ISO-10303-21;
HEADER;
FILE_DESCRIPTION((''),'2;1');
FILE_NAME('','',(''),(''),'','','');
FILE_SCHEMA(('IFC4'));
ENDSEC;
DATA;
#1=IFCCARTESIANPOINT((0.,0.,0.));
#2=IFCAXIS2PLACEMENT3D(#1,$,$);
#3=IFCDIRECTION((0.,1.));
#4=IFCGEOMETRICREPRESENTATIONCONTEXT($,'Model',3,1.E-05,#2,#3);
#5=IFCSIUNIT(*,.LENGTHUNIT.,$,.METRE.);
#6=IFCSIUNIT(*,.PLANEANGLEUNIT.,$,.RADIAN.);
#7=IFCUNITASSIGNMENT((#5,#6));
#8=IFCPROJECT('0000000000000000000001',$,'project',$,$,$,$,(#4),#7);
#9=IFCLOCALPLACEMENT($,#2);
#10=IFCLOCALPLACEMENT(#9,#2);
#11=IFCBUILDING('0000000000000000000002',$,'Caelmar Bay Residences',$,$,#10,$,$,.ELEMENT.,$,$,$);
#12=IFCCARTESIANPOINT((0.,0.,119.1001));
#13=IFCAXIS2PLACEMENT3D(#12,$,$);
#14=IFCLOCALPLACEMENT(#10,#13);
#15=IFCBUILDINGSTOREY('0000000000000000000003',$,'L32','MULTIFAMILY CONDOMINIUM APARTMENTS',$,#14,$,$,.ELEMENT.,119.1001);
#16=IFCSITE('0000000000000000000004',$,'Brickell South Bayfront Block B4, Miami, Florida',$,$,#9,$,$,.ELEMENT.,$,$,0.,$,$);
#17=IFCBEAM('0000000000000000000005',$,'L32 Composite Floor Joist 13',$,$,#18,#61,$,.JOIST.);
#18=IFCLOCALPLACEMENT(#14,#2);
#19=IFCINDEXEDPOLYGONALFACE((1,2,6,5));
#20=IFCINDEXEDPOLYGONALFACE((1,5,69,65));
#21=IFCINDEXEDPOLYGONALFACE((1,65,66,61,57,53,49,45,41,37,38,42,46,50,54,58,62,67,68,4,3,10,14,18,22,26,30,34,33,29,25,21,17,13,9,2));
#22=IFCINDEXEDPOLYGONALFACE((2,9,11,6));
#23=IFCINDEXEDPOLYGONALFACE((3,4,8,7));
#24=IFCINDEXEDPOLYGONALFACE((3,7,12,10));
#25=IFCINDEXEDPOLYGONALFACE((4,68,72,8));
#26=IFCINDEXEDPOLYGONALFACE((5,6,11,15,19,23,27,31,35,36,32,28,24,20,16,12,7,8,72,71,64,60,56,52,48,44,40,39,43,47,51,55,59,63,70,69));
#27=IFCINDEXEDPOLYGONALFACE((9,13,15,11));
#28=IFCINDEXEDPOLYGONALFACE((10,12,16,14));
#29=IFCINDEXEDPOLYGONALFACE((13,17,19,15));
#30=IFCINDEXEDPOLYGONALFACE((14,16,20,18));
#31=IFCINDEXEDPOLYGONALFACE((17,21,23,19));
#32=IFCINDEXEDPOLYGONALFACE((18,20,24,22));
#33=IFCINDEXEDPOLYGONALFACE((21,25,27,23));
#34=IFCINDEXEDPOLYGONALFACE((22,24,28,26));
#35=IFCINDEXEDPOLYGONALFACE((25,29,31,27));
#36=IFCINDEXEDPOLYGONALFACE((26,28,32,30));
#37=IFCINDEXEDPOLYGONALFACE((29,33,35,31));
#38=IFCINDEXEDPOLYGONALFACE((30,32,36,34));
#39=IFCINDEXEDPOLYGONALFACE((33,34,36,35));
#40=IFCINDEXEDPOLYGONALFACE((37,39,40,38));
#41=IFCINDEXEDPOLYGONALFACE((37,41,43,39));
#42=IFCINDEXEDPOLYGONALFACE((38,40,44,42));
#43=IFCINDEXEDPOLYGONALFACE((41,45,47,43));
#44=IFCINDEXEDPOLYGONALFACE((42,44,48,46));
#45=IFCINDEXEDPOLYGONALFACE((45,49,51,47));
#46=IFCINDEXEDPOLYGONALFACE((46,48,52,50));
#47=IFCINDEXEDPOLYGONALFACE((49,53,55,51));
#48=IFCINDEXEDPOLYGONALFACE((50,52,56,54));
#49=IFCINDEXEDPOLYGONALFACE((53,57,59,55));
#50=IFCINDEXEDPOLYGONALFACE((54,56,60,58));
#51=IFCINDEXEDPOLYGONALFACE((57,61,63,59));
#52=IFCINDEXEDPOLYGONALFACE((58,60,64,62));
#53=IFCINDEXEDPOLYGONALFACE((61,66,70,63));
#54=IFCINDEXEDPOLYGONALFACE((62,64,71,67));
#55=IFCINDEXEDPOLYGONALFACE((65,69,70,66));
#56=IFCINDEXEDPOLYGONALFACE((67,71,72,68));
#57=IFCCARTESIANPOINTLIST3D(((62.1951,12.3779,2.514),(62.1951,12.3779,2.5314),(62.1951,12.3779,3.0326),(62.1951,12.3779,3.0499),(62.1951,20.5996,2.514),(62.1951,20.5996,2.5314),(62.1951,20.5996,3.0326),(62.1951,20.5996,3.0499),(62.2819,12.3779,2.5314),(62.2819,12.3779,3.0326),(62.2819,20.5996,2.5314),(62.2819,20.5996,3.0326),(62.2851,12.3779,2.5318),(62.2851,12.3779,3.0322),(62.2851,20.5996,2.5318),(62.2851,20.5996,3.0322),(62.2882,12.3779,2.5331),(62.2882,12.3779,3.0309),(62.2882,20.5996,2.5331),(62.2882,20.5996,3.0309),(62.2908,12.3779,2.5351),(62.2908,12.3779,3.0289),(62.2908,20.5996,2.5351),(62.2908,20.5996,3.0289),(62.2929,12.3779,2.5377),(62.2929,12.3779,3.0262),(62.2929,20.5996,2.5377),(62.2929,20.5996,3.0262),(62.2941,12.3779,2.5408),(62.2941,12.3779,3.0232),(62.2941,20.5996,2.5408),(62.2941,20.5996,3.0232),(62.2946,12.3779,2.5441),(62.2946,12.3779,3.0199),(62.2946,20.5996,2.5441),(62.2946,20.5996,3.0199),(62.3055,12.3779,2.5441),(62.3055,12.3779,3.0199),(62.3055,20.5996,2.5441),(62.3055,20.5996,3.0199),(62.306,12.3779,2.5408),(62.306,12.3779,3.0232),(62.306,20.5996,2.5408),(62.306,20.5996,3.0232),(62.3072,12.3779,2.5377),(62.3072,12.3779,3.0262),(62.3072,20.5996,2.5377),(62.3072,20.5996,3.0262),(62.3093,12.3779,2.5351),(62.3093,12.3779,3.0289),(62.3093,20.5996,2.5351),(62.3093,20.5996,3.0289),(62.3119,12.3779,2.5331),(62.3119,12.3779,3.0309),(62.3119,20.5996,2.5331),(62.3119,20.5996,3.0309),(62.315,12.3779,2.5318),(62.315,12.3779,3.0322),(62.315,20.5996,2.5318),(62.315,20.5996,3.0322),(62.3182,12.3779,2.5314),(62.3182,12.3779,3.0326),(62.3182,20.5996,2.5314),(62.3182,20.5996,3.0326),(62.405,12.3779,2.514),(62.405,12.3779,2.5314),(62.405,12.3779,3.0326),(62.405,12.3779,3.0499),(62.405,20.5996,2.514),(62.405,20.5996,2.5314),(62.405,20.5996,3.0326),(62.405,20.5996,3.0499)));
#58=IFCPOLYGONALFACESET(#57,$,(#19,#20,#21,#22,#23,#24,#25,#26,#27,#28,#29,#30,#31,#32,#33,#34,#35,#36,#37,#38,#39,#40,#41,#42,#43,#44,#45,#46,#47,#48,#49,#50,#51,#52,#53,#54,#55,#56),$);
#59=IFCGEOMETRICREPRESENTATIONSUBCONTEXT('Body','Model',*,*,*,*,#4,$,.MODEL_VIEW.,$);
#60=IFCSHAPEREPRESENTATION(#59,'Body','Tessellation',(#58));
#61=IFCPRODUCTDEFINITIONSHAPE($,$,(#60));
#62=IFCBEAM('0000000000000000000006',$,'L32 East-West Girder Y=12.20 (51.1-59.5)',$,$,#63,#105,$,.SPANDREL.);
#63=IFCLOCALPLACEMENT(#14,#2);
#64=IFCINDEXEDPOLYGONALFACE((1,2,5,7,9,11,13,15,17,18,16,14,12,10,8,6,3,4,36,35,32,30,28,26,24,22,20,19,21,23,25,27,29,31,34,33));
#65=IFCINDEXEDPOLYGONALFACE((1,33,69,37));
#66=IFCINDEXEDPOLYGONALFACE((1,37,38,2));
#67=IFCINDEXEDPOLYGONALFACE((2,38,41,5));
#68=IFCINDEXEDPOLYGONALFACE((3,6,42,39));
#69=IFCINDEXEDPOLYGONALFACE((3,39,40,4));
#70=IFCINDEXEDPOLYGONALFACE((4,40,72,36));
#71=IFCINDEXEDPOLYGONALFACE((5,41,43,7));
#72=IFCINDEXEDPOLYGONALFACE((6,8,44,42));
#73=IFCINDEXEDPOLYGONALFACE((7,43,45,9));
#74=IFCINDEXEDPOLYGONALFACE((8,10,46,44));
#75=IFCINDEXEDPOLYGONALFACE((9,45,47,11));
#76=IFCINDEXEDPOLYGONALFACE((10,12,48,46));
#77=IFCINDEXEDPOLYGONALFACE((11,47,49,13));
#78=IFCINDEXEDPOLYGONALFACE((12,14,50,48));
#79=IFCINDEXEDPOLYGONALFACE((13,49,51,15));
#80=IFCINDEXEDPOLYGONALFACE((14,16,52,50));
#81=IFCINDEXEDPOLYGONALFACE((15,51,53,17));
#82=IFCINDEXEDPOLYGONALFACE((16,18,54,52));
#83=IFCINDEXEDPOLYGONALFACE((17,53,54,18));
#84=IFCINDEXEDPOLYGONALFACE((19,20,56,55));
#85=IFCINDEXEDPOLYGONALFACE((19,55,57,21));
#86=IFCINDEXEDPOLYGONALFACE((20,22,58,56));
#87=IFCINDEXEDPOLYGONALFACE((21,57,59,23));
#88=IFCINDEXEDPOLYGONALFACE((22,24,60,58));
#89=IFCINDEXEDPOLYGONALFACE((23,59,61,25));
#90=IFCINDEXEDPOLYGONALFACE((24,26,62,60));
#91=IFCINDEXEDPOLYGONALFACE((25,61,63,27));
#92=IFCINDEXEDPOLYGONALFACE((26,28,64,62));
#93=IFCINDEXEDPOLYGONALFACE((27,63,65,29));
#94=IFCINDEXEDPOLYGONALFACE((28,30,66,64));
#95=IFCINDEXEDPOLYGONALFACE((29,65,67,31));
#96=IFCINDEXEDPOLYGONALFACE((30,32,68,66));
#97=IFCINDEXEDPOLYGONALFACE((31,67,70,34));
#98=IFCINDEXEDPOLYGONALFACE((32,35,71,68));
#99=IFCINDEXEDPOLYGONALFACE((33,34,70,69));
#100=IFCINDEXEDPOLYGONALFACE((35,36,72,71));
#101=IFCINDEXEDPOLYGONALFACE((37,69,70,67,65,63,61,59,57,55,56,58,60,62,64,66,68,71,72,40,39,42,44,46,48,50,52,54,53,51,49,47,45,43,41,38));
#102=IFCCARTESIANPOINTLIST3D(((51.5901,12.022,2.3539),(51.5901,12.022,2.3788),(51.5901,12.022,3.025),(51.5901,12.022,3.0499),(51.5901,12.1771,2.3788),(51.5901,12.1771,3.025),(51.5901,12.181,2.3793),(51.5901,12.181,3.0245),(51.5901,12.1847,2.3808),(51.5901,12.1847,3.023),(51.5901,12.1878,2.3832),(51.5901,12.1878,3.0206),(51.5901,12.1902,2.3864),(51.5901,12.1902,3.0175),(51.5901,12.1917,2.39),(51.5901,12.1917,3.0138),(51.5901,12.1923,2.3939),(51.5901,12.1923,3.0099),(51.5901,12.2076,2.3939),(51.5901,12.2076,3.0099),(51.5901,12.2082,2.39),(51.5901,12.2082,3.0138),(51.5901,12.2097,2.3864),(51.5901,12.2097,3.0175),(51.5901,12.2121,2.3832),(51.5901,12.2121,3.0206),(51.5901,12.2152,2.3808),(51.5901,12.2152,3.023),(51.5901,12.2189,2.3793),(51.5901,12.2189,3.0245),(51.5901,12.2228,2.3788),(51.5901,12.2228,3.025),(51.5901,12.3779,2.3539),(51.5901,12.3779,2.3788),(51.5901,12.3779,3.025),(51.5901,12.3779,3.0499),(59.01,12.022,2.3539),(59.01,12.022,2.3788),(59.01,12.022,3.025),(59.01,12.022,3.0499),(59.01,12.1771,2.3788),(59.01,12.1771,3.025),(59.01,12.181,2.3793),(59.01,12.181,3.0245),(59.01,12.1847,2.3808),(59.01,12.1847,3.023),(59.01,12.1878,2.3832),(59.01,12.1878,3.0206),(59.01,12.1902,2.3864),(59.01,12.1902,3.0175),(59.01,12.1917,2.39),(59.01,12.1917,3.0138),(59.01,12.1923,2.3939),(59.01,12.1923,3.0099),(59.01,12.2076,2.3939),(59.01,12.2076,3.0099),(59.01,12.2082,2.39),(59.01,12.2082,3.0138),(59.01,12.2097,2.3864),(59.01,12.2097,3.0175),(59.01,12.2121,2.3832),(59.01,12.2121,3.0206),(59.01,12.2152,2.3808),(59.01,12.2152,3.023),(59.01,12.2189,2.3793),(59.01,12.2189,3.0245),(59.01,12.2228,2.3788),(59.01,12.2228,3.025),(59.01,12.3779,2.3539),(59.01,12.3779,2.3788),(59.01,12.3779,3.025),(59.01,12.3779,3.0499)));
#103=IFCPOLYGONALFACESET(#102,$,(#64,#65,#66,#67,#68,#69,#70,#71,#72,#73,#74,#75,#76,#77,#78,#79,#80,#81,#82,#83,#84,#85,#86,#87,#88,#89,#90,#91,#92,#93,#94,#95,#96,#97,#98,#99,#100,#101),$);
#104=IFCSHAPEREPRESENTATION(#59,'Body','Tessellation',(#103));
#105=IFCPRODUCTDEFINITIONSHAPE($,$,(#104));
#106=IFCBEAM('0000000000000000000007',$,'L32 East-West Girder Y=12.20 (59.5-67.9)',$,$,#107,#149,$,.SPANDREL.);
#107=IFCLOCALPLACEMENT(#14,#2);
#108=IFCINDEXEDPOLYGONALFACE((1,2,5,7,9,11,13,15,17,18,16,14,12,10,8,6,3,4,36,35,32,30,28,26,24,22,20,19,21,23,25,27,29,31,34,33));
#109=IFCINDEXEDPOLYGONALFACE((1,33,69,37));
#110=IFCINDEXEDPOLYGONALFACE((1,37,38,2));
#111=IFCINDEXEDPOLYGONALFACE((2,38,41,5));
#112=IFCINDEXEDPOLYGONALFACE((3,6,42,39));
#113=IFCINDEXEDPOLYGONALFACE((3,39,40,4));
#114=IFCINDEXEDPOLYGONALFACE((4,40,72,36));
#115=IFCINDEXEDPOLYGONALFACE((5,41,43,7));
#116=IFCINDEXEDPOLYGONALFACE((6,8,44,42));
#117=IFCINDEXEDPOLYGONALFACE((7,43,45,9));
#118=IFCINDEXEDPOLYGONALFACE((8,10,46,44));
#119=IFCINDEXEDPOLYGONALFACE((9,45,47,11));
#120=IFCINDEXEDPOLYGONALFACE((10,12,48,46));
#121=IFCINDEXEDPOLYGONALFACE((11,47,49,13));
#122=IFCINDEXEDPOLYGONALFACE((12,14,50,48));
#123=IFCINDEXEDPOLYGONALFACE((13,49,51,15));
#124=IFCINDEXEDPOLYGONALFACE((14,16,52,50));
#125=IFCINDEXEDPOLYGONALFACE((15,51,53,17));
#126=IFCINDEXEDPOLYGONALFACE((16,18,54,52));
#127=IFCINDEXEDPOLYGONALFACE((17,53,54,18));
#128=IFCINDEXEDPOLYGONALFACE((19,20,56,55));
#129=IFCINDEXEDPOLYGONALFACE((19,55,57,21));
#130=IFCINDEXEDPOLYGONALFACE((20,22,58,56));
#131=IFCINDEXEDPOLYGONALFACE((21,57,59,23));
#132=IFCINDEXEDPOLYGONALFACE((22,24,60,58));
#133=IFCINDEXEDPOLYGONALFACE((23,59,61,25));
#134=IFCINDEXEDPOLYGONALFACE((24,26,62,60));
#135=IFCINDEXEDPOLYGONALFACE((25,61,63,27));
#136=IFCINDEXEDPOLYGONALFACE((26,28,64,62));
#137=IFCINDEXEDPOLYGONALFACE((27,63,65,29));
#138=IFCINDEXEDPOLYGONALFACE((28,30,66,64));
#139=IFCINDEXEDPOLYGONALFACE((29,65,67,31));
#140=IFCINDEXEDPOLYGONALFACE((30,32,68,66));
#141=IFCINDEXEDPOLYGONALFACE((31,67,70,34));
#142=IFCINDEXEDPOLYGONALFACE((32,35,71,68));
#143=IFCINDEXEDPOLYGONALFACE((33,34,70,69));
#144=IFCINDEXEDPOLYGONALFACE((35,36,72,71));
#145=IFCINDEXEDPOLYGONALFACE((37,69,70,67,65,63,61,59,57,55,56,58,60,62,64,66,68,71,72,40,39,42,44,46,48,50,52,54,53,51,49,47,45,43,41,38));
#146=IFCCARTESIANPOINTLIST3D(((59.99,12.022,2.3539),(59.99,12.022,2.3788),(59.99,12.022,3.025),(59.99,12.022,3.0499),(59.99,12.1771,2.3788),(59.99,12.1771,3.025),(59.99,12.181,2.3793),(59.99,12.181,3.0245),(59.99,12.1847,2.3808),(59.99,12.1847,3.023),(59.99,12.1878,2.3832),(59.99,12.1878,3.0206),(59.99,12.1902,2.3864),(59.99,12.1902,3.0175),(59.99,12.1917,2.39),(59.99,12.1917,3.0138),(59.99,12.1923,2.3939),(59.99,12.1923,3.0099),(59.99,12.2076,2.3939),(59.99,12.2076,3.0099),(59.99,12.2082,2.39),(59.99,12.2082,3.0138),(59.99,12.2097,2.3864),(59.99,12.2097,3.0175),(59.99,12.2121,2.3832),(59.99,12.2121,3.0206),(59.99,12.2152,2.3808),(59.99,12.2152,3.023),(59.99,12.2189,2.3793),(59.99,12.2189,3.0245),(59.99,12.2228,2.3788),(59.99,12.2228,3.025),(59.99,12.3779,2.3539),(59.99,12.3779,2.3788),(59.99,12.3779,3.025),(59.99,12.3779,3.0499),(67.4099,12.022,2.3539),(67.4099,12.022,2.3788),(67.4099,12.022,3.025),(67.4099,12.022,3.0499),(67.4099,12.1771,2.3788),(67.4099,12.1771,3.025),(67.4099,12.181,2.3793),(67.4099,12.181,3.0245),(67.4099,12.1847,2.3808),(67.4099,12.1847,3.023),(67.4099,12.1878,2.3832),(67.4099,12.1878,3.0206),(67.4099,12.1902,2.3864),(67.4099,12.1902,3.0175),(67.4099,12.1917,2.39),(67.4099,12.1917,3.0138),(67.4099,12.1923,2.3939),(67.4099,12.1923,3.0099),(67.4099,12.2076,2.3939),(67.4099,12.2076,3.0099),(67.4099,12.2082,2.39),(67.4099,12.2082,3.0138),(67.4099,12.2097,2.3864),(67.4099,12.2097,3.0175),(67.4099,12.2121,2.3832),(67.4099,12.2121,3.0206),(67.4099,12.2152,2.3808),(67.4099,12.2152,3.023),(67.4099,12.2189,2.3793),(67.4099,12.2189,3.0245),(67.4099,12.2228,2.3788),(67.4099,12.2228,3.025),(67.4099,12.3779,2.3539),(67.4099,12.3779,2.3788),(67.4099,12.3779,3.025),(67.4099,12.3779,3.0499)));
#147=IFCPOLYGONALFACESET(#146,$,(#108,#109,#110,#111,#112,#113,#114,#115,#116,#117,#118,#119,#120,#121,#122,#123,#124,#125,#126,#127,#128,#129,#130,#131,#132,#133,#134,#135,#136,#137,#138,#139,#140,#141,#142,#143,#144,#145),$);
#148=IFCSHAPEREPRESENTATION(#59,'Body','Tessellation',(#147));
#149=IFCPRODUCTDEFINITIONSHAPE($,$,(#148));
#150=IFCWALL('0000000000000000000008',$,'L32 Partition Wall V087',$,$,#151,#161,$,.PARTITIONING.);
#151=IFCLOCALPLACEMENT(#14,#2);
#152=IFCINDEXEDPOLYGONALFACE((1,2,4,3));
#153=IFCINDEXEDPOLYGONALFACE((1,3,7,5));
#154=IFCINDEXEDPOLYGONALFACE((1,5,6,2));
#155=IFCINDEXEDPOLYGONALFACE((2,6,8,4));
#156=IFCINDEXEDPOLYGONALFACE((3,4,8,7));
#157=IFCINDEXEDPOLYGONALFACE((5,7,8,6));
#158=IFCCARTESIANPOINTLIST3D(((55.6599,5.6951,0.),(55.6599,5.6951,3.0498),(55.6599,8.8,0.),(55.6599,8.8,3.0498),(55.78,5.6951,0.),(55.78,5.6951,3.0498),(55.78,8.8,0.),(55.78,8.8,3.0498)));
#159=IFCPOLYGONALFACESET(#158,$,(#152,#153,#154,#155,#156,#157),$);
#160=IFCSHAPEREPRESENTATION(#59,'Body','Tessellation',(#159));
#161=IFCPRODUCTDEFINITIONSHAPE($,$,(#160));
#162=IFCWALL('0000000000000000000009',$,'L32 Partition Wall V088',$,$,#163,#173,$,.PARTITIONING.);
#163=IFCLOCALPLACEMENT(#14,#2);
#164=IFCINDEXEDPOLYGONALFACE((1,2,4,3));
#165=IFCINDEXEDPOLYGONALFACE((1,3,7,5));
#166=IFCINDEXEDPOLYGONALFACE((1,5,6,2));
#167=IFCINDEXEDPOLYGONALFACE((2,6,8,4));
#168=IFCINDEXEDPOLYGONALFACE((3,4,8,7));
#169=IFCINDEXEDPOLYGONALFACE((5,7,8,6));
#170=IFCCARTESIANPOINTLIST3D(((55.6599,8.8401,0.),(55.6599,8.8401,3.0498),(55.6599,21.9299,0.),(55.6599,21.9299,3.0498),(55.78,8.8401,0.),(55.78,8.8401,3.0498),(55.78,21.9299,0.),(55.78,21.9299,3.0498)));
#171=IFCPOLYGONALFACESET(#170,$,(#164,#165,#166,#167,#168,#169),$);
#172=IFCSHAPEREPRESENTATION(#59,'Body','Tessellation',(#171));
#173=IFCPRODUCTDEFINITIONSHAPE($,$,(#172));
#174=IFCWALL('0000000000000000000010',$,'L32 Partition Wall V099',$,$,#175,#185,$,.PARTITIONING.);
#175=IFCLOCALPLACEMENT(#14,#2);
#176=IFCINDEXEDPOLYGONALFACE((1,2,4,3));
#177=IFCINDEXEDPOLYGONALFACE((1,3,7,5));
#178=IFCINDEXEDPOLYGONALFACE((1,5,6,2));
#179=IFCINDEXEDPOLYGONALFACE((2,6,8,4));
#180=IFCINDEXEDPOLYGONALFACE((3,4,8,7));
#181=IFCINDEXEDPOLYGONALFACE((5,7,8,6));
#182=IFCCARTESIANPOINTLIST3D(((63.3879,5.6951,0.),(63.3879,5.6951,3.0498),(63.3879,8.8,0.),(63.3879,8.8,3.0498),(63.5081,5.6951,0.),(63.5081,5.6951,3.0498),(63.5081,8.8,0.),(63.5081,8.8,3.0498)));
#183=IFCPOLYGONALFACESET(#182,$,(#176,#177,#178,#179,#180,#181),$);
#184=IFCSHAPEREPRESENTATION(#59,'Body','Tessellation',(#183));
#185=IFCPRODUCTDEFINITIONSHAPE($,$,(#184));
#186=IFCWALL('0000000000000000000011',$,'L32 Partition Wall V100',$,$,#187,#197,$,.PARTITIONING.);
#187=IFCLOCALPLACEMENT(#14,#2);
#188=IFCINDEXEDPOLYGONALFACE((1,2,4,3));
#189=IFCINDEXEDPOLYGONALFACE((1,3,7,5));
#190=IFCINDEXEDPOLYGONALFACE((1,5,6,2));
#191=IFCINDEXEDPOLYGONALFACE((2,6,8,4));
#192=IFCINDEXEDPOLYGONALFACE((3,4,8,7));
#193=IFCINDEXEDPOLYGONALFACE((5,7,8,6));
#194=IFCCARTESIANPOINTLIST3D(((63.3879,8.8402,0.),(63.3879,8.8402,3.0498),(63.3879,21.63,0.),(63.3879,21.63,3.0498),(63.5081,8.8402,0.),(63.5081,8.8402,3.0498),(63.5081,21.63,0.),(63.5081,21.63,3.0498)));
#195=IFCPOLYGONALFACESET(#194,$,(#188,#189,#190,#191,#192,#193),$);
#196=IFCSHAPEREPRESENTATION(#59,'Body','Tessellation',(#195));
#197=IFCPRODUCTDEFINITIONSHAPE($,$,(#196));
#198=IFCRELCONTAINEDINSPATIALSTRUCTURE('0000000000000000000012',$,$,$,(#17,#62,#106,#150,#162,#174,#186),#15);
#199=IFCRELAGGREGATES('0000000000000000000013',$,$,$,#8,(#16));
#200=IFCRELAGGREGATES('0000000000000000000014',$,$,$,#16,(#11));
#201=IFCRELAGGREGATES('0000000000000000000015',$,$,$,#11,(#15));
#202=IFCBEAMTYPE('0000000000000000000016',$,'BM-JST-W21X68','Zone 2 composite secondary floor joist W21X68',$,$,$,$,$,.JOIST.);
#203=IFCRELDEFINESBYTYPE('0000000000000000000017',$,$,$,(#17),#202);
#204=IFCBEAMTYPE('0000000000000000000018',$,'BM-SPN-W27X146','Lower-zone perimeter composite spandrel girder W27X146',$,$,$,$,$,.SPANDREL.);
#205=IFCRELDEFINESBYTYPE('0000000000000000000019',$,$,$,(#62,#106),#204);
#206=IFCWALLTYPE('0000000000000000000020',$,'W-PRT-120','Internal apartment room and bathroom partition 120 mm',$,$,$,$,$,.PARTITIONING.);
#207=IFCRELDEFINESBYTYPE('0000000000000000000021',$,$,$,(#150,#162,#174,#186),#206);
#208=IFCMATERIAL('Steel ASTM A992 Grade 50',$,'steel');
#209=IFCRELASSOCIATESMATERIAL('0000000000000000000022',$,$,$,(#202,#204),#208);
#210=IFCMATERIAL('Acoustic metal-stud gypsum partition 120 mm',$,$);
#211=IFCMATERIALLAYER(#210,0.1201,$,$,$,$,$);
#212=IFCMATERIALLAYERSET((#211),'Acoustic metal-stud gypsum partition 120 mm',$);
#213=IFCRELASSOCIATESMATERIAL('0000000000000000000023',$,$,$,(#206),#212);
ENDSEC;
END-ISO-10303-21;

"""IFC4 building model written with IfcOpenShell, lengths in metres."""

from ifc_helpers import new_model, si_unit, direction, frame, frame_2d, origin, origin_2d, place, context, subcontext, project, spatial, rectangle, i_section, extrude, material, layer, layer_set, material_profile, profile_set, type_object, element, save


model = new_model("IFC4")

# Units and contexts
model_context = context("Model", 3, precision=1e-05, world=origin(), true_north=direction((0.0, 1.0)))
body_context = subcontext(model_context, "Body", "Model", "MODEL_VIEW")
ifc_project = project(units=[si_unit("LENGTHUNIT", "METRE"), si_unit("PLANEANGLEUNIT", "RADIAN")], contexts=[model_context])

# Site, building, storey
site_placement = place(None, origin())
site = spatial("IfcSite", under=ifc_project, at=site_placement, Name="Brickell South Bayfront Block B4, Miami, Florida", CompositionType="ELEMENT", RefElevation=0.0)
building_placement = place(site_placement, origin())
building = spatial("IfcBuilding", under=site, at=building_placement, Name="Caelmar Bay Residences", CompositionType="ELEMENT")
storey_placement = place(building_placement, frame((0.0, 0.0, 119.1001)))
storey = spatial("IfcBuildingStorey", under=building, at=storey_placement, Name="L32", Description="MULTIFAMILY CONDOMINIUM APARTMENTS", CompositionType="ELEMENT", Elevation=119.1001)

# Beams
ifc_material_1 = material(Name="Steel ASTM A992 Grade 50", Category="steel")
ifc_material_profile_1 = material_profile(ifc_material_1, i_section(OverallWidth=0.21, OverallDepth=0.5359, WebThickness=0.011, FlangeThickness=0.0173, FilletRadius=0.0127, at=origin_2d()), Name="W21X68")
ifc_profile_set_1 = profile_set([ifc_material_profile_1], Name="Steel ASTM A992 Grade 50")
beam_type_1 = type_object("IfcBeamType", Name="BM-JST-W21X68", Description="Zone 2 composite secondary floor joist W21X68", PredefinedType="JOIST", material=ifc_profile_set_1)
for number, where, z_axis, x_axis, name in (
    (1, (62.3, 12.3779, 2.782), (0.0, 1.0, 0.0), (-1.0, 0.0, 0.0), "L32 Composite Floor Joist 13"),
):
    element("IfcBeam", number, at=place(storey_placement, frame(where, z_axis=z_axis, x_axis=x_axis)), inside=storey, type_object=beam_type_1, Name=name, PredefinedType="JOIST", context=body_context, shape_type="SweptSolid", body=[
        extrude(i_section(OverallWidth=0.21, OverallDepth=0.5359, WebThickness=0.011, FlangeThickness=0.0173, FilletRadius=0.0127, at=origin_2d()), origin(), (0.0, 0.0, 1.0), 8.2217),
    ])
ifc_material_profile_2 = material_profile(ifc_material_1, i_section(OverallWidth=0.356, OverallDepth=0.696, WebThickness=0.0154, FlangeThickness=0.0249, FilletRadius=0.0151, at=origin_2d()), Name="W27X146")
ifc_profile_set_2 = profile_set([ifc_material_profile_2], Name="Steel ASTM A992 Grade 50")
beam_type_2 = type_object("IfcBeamType", Name="BM-SPN-W27X146", Description="Lower-zone perimeter composite spandrel girder W27X146", PredefinedType="SPANDREL", material=ifc_profile_set_2)
for number, where, z_axis, x_axis, name in (
    (2, (51.5901, 12.2, 2.7019), (1.0, 0.0, 0.0), (0.0, 1.0, 0.0), "L32 East-West Girder Y=12.20 (51.1-59.5)"),
    (3, (59.99, 12.2, 2.7019), (1.0, 0.0, 0.0), (0.0, 1.0, 0.0), "L32 East-West Girder Y=12.20 (59.5-67.9)"),
):
    element("IfcBeam", number, at=place(storey_placement, frame(where, z_axis=z_axis, x_axis=x_axis)), inside=storey, type_object=beam_type_2, Name=name, PredefinedType="SPANDREL", context=body_context, shape_type="SweptSolid", body=[
        extrude(i_section(OverallWidth=0.356, OverallDepth=0.696, WebThickness=0.0154, FlangeThickness=0.0249, FilletRadius=0.0151, at=origin_2d()), origin(), (0.0, 0.0, 1.0), 7.4199),
    ])

# Walls
ifc_material_2 = material(Name="Acoustic metal-stud gypsum partition 120 mm")
ifc_layer_1 = layer(ifc_material_2, 0.1201)
ifc_layer_set_1 = layer_set([ifc_layer_1], Name="Acoustic metal-stud gypsum partition 120 mm")
wall_type_1 = type_object("IfcWallType", Name="W-PRT-120", Description="Internal apartment room and bathroom partition 120 mm", PredefinedType="PARTITIONING", material=ifc_layer_set_1)
wall_1_placement = place(storey_placement, frame((55.72, 5.6951, 0.0), z_axis=(0.0, 0.0, 1.0), x_axis=(0.0, 1.0, 0.0)))
element("IfcWall", 4, at=wall_1_placement, inside=storey, type_object=wall_type_1, Name="L32 Partition Wall V087", PredefinedType="PARTITIONING", context=body_context, shape_type="SweptSolid", body=[
    extrude(rectangle(XDim=3.105, YDim=0.1201, at=frame_2d((1.5525, 0.0))), origin(), (0.0, 0.0, 1.0), 3.0498),
])
wall_2_placement = place(storey_placement, frame((55.72, 8.8401, 0.0), z_axis=(0.0, 0.0, 1.0), x_axis=(0.0, 1.0, 0.0)))
element("IfcWall", 5, at=wall_2_placement, inside=storey, type_object=wall_type_1, Name="L32 Partition Wall V088", PredefinedType="PARTITIONING", context=body_context, shape_type="SweptSolid", body=[
    extrude(rectangle(XDim=13.0898, YDim=0.1201, at=frame_2d((6.5449, 0.0))), origin(), (0.0, 0.0, 1.0), 3.0498),
])
wall_3_placement = place(storey_placement, frame((63.448, 5.6951, 0.0), z_axis=(0.0, 0.0, 1.0), x_axis=(0.0, 1.0, 0.0)))
element("IfcWall", 6, at=wall_3_placement, inside=storey, type_object=wall_type_1, Name="L32 Partition Wall V099", PredefinedType="PARTITIONING", context=body_context, shape_type="SweptSolid", body=[
    extrude(rectangle(XDim=3.105, YDim=0.1201, at=frame_2d((1.5525, 0.0))), origin(), (0.0, 0.0, 1.0), 3.0498),
])
wall_4_placement = place(storey_placement, frame((63.448, 8.8401, 0.0), z_axis=(0.0, 0.0, 1.0), x_axis=(0.0, 1.0, 0.0)))
element("IfcWall", 7, at=wall_4_placement, inside=storey, type_object=wall_type_1, Name="L32 Partition Wall V100", PredefinedType="PARTITIONING", context=body_context, shape_type="SweptSolid", body=[
    extrude(rectangle(XDim=12.7898, YDim=0.1201, at=frame_2d((6.395, 0.0))), origin(), (0.0, 0.0, 1.0), 3.0498),
])

save(model, "model.ifc")
